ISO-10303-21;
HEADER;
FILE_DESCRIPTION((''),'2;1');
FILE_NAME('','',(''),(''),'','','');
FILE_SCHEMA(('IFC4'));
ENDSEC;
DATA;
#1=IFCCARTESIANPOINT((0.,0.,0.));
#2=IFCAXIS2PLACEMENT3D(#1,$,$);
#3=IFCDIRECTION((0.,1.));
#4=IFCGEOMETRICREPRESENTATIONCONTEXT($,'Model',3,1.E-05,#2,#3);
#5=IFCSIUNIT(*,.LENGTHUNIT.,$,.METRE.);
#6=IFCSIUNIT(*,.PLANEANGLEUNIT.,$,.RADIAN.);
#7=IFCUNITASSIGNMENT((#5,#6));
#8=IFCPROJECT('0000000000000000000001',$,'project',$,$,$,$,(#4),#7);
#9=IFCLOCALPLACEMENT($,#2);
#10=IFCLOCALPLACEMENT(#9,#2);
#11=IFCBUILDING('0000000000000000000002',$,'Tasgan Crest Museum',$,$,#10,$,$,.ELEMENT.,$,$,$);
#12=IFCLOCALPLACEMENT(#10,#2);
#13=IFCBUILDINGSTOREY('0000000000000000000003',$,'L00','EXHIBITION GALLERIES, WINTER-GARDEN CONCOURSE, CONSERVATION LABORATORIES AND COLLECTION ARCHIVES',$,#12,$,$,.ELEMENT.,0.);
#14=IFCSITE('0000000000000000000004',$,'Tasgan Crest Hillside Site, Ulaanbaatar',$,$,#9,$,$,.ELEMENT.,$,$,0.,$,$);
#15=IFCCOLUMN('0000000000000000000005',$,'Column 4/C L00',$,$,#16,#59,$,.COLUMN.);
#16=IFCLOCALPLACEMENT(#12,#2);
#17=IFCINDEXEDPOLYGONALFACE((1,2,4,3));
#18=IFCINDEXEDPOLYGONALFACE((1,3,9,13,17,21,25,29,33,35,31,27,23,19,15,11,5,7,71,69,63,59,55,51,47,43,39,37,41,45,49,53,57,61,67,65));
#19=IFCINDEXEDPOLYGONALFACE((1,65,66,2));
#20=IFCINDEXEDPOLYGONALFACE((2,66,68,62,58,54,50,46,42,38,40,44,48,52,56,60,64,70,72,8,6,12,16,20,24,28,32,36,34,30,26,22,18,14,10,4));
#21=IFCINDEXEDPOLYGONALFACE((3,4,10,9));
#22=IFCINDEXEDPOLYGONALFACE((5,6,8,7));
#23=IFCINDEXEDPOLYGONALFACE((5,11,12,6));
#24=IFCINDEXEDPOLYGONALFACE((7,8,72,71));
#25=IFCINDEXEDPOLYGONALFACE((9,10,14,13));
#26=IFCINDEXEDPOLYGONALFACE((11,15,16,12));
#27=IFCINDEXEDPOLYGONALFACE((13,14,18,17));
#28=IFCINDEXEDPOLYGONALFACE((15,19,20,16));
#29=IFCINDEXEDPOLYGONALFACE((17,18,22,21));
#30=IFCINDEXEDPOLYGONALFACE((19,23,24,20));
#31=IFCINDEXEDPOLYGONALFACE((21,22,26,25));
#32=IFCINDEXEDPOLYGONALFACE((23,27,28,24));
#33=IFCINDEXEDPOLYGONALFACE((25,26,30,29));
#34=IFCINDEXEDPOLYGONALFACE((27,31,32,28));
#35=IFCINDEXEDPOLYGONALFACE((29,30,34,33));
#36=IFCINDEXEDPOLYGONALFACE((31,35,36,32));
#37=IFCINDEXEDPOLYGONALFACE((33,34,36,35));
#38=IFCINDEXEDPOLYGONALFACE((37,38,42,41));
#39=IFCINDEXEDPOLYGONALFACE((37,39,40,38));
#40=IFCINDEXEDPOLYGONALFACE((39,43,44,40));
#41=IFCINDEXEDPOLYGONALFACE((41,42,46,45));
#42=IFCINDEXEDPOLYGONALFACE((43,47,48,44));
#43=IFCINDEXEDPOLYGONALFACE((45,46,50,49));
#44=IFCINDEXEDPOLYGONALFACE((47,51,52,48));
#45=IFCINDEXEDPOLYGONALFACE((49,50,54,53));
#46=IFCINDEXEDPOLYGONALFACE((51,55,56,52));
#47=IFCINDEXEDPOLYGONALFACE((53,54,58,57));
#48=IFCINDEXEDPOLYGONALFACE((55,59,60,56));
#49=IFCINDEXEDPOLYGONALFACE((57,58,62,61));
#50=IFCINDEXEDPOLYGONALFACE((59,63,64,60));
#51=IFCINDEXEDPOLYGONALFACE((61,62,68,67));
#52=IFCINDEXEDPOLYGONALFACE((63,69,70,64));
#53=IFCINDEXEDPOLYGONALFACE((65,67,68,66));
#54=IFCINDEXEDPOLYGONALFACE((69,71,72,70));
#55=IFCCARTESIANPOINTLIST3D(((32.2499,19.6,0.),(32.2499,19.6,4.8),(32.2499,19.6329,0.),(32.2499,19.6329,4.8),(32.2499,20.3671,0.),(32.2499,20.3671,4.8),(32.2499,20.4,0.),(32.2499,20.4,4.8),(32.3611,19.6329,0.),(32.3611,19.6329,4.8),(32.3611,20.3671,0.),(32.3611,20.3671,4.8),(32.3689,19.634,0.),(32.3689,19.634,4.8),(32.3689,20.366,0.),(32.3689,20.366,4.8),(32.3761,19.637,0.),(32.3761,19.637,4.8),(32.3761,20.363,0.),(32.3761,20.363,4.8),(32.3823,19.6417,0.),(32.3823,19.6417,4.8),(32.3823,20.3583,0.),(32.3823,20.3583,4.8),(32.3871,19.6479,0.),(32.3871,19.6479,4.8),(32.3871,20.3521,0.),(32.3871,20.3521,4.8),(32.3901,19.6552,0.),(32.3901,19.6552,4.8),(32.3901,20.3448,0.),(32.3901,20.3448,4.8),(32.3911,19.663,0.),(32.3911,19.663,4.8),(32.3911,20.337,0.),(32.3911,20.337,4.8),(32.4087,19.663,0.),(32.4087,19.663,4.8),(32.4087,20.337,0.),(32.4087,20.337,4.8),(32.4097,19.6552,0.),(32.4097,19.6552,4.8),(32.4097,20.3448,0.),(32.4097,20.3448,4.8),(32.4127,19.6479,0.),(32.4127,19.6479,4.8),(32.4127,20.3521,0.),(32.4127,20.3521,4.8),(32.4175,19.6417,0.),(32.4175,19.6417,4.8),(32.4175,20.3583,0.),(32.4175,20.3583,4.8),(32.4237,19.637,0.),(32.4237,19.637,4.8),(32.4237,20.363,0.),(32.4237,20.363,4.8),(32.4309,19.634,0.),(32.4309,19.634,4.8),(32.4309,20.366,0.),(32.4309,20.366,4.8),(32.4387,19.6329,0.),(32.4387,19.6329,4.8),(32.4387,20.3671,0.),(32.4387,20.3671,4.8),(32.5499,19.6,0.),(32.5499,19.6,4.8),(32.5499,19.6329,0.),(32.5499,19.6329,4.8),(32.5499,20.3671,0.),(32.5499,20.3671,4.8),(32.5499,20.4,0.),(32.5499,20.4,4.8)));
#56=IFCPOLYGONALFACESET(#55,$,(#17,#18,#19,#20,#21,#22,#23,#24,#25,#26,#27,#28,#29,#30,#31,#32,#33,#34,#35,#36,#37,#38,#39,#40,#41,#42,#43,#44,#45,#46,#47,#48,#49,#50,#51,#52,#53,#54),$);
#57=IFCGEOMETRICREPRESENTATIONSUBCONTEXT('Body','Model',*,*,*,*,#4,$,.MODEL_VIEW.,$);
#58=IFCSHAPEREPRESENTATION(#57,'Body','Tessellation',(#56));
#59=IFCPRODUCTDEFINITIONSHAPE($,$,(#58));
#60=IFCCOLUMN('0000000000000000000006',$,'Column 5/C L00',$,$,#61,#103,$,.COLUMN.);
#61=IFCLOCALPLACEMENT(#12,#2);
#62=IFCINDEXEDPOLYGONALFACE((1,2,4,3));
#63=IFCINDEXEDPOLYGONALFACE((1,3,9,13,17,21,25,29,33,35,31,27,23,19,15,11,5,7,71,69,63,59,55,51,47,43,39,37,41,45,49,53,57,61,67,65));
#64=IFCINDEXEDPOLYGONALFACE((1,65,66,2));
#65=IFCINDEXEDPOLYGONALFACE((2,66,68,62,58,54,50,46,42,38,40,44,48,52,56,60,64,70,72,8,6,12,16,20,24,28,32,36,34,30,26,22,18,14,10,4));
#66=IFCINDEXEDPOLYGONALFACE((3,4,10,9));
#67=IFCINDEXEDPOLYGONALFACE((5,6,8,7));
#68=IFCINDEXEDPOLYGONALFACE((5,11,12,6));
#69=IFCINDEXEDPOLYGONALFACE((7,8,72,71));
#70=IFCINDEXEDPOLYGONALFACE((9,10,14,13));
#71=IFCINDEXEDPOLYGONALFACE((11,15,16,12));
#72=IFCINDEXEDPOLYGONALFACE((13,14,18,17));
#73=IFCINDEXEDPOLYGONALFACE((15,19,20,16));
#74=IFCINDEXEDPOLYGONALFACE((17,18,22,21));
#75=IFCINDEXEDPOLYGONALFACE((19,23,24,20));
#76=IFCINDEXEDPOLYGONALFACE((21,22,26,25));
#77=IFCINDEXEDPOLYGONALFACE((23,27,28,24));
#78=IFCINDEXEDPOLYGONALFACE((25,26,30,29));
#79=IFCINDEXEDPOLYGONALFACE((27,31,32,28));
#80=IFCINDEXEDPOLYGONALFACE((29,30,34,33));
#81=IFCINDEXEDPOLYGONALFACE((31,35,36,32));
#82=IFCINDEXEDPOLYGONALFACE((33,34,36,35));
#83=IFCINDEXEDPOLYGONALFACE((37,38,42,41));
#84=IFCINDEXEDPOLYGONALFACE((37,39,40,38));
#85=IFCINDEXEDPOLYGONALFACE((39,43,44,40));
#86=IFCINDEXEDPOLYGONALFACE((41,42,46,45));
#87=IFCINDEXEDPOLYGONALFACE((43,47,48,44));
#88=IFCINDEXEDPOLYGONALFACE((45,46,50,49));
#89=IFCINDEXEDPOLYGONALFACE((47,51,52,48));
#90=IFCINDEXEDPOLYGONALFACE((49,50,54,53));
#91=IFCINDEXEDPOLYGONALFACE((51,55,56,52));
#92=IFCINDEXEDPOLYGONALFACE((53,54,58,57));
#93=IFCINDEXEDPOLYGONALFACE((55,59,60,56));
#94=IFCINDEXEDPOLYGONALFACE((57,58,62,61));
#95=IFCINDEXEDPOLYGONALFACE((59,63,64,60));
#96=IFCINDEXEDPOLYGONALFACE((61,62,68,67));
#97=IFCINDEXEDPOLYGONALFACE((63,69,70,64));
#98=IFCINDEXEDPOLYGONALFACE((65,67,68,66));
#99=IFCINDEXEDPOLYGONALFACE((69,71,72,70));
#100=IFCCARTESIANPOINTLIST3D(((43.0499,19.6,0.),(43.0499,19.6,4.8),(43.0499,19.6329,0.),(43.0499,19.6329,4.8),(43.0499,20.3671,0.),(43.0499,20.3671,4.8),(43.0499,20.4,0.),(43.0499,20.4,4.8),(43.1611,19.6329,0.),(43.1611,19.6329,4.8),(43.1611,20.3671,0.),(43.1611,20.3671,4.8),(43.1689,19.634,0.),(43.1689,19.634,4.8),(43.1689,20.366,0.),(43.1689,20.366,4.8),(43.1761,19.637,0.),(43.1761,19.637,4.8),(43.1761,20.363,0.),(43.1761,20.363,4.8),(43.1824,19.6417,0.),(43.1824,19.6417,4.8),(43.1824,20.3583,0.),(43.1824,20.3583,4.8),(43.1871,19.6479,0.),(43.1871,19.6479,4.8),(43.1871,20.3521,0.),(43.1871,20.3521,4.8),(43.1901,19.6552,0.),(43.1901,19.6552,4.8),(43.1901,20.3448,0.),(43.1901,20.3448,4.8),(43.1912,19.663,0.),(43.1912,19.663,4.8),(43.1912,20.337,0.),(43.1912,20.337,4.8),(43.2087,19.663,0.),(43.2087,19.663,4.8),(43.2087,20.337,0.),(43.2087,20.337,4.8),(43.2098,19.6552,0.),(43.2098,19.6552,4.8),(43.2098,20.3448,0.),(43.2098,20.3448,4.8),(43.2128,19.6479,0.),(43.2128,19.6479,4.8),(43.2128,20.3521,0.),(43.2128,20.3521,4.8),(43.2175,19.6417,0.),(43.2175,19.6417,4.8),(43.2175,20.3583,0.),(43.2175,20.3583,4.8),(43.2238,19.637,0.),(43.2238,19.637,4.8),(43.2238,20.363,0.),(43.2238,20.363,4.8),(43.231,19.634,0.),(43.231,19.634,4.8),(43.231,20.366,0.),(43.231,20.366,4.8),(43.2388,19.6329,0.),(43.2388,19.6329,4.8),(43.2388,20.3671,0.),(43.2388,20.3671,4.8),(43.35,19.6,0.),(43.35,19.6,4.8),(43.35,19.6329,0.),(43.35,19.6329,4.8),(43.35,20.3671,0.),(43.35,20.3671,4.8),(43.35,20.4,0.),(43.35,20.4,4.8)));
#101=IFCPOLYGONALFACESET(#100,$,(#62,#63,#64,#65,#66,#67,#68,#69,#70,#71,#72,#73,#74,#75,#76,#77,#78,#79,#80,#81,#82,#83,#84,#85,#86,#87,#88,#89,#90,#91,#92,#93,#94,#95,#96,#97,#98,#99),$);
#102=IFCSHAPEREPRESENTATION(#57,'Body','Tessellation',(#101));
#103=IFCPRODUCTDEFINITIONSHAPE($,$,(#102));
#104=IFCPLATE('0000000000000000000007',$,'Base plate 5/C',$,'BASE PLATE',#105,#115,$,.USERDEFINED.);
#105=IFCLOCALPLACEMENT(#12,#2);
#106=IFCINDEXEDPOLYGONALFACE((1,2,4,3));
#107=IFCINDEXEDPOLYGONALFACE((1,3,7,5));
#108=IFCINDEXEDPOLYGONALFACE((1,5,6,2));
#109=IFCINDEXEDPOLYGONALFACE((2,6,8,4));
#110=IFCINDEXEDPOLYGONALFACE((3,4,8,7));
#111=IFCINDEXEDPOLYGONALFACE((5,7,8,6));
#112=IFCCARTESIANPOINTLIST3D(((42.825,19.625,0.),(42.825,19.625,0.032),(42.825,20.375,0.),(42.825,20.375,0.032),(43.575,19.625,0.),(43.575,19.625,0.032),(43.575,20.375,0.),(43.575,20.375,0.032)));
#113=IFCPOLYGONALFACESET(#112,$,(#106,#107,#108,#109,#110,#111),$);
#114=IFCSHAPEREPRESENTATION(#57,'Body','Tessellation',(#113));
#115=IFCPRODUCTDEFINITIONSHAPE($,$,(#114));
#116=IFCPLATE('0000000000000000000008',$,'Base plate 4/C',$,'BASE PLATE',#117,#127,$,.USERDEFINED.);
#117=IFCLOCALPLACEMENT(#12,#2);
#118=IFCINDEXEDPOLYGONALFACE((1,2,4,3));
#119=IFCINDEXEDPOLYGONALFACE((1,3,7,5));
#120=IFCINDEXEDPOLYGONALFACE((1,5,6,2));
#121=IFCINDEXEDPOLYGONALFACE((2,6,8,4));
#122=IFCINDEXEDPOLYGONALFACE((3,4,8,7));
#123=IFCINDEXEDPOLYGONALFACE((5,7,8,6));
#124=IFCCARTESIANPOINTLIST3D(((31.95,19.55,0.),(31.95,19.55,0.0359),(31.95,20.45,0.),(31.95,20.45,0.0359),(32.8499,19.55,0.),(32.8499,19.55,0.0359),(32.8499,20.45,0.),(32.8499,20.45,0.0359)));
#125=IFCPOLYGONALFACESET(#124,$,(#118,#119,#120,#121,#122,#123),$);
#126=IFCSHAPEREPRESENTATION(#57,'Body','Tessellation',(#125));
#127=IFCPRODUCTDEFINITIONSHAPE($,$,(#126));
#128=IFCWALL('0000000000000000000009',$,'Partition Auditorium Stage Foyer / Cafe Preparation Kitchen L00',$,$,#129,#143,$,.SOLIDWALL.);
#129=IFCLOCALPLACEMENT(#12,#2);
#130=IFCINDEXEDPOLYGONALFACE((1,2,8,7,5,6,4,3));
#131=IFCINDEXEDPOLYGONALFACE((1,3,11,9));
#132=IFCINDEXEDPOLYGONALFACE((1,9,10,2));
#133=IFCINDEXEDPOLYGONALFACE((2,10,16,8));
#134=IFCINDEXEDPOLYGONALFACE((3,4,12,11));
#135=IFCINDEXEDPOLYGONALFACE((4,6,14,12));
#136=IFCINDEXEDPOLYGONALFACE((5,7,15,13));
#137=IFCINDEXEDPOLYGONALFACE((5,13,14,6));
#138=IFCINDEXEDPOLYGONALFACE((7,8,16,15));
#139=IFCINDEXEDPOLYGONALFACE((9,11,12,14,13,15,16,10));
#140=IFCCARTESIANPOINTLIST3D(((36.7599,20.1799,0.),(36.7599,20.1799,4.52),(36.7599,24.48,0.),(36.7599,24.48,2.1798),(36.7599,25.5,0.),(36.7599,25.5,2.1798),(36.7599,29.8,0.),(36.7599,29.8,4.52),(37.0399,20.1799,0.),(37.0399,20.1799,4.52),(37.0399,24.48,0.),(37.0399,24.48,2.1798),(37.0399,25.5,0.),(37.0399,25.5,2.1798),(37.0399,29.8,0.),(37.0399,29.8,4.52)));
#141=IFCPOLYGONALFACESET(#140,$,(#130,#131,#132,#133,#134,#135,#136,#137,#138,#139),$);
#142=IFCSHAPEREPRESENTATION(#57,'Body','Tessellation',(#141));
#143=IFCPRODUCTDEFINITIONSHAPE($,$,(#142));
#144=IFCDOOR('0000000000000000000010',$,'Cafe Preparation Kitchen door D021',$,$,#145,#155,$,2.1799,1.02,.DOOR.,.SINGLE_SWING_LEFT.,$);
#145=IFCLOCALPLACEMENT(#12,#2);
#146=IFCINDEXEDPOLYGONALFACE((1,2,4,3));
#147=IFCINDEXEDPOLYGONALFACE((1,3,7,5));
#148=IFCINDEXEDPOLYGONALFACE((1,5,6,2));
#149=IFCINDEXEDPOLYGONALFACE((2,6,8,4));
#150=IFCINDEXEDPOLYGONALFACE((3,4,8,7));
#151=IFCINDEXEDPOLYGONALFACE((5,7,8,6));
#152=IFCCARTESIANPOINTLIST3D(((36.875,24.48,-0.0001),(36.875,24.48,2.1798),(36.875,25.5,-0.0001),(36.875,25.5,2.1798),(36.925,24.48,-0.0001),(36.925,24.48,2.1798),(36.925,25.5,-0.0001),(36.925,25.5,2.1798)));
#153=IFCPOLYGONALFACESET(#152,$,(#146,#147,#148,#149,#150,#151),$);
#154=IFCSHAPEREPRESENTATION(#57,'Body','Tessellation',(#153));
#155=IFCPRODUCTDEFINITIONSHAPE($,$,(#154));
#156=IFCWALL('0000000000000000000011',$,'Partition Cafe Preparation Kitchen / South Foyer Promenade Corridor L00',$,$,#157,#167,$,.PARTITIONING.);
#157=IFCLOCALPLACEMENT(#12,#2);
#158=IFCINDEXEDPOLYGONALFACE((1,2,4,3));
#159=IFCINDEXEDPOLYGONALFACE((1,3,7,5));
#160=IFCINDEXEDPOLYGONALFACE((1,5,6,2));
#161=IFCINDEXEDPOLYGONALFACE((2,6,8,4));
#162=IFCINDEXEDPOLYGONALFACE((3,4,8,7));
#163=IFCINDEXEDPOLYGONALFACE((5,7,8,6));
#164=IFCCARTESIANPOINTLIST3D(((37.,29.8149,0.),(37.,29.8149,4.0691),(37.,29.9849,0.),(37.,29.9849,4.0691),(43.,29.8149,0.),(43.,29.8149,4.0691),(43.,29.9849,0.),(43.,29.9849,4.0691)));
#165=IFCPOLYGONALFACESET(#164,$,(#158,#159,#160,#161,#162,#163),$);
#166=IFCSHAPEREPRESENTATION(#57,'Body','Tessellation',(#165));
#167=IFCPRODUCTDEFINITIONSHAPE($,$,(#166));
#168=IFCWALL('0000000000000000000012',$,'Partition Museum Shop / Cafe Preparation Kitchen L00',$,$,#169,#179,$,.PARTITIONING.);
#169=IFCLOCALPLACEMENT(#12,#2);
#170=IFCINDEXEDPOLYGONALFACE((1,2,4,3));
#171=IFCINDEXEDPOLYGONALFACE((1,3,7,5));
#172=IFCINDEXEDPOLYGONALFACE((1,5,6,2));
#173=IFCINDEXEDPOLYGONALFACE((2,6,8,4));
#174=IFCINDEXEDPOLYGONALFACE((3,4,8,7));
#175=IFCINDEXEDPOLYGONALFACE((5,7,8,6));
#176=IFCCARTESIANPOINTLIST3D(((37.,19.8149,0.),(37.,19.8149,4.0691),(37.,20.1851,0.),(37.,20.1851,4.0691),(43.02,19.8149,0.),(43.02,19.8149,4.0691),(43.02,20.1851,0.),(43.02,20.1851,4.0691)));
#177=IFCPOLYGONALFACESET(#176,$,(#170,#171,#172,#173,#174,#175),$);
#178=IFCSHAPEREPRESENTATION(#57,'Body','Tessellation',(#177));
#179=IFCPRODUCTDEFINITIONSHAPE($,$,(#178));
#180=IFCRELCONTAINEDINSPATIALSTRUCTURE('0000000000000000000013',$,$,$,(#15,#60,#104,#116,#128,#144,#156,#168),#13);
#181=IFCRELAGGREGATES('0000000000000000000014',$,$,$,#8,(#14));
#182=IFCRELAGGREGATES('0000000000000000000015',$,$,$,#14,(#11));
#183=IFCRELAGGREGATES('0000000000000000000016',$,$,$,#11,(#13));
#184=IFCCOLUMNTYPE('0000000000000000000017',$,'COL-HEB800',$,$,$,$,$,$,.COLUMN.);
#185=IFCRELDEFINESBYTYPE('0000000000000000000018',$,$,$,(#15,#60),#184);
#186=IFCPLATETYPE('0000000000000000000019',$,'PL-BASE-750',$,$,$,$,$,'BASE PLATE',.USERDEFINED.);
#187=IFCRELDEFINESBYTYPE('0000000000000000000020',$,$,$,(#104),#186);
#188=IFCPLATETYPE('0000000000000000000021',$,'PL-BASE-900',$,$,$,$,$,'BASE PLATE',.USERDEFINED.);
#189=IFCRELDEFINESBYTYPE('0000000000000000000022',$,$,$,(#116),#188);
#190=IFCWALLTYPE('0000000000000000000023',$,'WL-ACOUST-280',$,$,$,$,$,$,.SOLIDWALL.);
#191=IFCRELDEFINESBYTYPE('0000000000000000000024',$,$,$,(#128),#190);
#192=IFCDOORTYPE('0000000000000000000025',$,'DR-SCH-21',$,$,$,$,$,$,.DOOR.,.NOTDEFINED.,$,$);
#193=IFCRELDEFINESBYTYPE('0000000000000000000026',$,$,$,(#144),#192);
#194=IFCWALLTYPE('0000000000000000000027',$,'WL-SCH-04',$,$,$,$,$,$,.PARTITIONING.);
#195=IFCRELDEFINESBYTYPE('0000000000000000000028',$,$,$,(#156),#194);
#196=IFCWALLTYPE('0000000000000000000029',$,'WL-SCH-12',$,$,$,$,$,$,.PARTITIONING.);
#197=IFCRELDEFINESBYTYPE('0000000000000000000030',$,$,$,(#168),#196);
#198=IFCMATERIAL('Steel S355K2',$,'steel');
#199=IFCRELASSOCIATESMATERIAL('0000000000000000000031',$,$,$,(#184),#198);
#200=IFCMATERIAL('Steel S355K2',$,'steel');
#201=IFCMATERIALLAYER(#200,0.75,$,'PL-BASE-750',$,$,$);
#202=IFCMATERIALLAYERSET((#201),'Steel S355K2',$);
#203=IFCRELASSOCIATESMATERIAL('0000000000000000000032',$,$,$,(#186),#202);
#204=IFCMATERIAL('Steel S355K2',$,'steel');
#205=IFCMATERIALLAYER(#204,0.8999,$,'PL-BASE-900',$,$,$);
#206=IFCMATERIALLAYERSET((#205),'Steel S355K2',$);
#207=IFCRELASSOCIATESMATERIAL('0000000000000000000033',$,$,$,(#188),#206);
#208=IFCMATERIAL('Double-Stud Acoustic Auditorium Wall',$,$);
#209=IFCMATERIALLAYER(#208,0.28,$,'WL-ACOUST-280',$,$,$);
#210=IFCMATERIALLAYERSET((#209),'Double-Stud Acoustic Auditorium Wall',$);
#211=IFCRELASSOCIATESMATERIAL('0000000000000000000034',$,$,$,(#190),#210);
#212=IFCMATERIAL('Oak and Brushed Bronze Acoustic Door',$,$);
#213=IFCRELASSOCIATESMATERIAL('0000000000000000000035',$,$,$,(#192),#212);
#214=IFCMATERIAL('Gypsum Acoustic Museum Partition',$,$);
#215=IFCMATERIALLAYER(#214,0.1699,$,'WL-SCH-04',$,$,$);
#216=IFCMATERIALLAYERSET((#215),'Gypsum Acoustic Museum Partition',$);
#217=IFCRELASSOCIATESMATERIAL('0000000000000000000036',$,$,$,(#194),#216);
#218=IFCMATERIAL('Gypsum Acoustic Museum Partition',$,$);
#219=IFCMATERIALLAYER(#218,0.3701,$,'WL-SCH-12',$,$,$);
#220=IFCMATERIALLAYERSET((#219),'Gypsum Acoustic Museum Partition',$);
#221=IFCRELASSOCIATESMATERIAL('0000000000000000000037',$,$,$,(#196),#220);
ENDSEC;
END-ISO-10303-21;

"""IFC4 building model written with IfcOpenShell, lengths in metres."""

from ifc_helpers import new_model, si_unit, direction, frame, frame_2d, origin, origin_2d, place, context, subcontext, project, spatial, rectangle, i_section, extrude, material, layer, layer_set, material_profile, profile_set, type_object, element, fill, save


model = new_model("IFC4")

# Units and contexts
model_context = context("Model", 3, precision=1e-05, world=origin(), true_north=direction((0.0, 1.0)))
body_context = subcontext(model_context, "Body", "Model", "MODEL_VIEW")
ifc_project = project(units=[si_unit("LENGTHUNIT", "METRE"), si_unit("PLANEANGLEUNIT", "RADIAN")], contexts=[model_context])

# Site, building, storey
site_placement = place(None, origin())
site = spatial("IfcSite", under=ifc_project, at=site_placement, Name="Tasgan Crest Hillside Site, Ulaanbaatar", CompositionType="ELEMENT", RefElevation=0.0)
building_placement = place(site_placement, origin())
building = spatial("IfcBuilding", under=site, at=building_placement, Name="Tasgan Crest Museum", CompositionType="ELEMENT")
storey_placement = place(building_placement, origin())
storey = spatial("IfcBuildingStorey", under=building, at=storey_placement, Name="L00", Description="EXHIBITION GALLERIES, WINTER-GARDEN CONCOURSE, CONSERVATION LABORATORIES AND COLLECTION ARCHIVES", CompositionType="ELEMENT", Elevation=0.0)

# Columns
ifc_material_1 = material(Name="Steel S355K2", Category="steel")
ifc_material_profile_1 = material_profile(ifc_material_1, i_section(OverallWidth=0.3, OverallDepth=0.8, WebThickness=0.0176, FlangeThickness=0.033, FilletRadius=0.03, at=origin_2d()), Name="HEB 800")
ifc_profile_set_1 = profile_set([ifc_material_profile_1], Name="Steel S355K2")
column_type = type_object("IfcColumnType", Name="COL-HEB800", PredefinedType="COLUMN", material=ifc_profile_set_1)
for number, where, z_axis, x_axis, name in (
    (1, (32.3999, 20.0, 0.0), (0.0, 0.0, 1.0), (1.0, 0.0, 0.0), "Column 4/C L00"),
    (2, (43.2, 20.0, 0.0), (0.0, 0.0, 1.0), (1.0, 0.0, 0.0), "Column 5/C L00"),
):
    element("IfcColumn", number, at=place(storey_placement, frame(where, z_axis=z_axis, x_axis=x_axis)), inside=storey, type_object=column_type, Name=name, PredefinedType="COLUMN", context=body_context, shape_type="SweptSolid", body=[
        extrude(i_section(OverallWidth=0.3, OverallDepth=0.8, WebThickness=0.0176, FlangeThickness=0.033, FilletRadius=0.03, at=origin_2d()), origin(), (0.0, 0.0, 1.0), 4.8),
    ])

# Plates
ifc_material_2 = material(Name="Steel S355K2", Category="steel")
ifc_layer_1 = layer(ifc_material_2, 0.75, Name="PL-BASE-750")
ifc_layer_set_1 = layer_set([ifc_layer_1], Name="Steel S355K2")
plate_type_1 = type_object("IfcPlateType", Name="PL-BASE-750", ElementType="BASE PLATE", PredefinedType="USERDEFINED", material=ifc_layer_set_1)
plate_1_placement = place(storey_placement, frame((43.2, 20.0, 0.0), z_axis=(0.0, 0.0, 1.0), x_axis=(1.0, 0.0, 0.0)))
element("IfcPlate", 3, at=plate_1_placement, inside=storey, type_object=plate_type_1, Name="Base plate 5/C", ObjectType="BASE PLATE", PredefinedType="USERDEFINED", context=body_context, shape_type="SweptSolid", body=[
    extrude(rectangle(XDim=0.75, YDim=0.75, at=origin_2d()), origin(), (0.0, 0.0, 1.0), 0.032),
])
ifc_material_3 = material(Name="Steel S355K2", Category="steel")
ifc_layer_2 = layer(ifc_material_3, 0.8999, Name="PL-BASE-900")
ifc_layer_set_2 = layer_set([ifc_layer_2], Name="Steel S355K2")
plate_type_2 = type_object("IfcPlateType", Name="PL-BASE-900", ElementType="BASE PLATE", PredefinedType="USERDEFINED", material=ifc_layer_set_2)
plate_2_placement = place(storey_placement, frame((32.3999, 20.0, 0.0), z_axis=(0.0, 0.0, 1.0), x_axis=(1.0, 0.0, 0.0)))
element("IfcPlate", 4, at=plate_2_placement, inside=storey, type_object=plate_type_2, Name="Base plate 4/C", ObjectType="BASE PLATE", PredefinedType="USERDEFINED", context=body_context, shape_type="SweptSolid", body=[
    extrude(rectangle(XDim=0.8999, YDim=0.8999, at=origin_2d()), origin(), (0.0, 0.0, 1.0), 0.0359),
])

# Wall, opening, door
ifc_material_4 = material(Name="Double-Stud Acoustic Auditorium Wall")
ifc_layer_3 = layer(ifc_material_4, 0.28, Name="WL-ACOUST-280")
ifc_layer_set_3 = layer_set([ifc_layer_3], Name="Double-Stud Acoustic Auditorium Wall")
wall_type_1 = type_object("IfcWallType", Name="WL-ACOUST-280", PredefinedType="SOLIDWALL", material=ifc_layer_set_3)
wall_1_placement = place(storey_placement, frame((36.8999, 20.1799, 0.0), z_axis=(0.0, 0.0, 1.0), x_axis=(0.0, 1.0, 0.0)))
wall_1 = element("IfcWall", 5, at=wall_1_placement, inside=storey, type_object=wall_type_1, Name="Partition Auditorium Stage Foyer / Cafe Preparation Kitchen L00", PredefinedType="SOLIDWALL", context=body_context, shape_type="SweptSolid", body=[
    extrude(rectangle(XDim=9.6201, YDim=0.28, at=frame_2d((4.8101, 0.0))), origin(), (0.0, 0.0, 1.0), 4.52),
])
opening_placement = place(wall_1_placement, frame((4.3, 0.0, 0.0)))
opening = element("IfcOpeningElement", 6, at=opening_placement, cuts=wall_1, PredefinedType="OPENING", context=body_context, shape_type="SweptSolid", body=[
    extrude(rectangle(XDim=1.02, YDim=2.1799, at=frame_2d((0.51, 1.0898))), frame((0.0, 0.1499, 0.0), z_axis=(0.0, -1.0, 0.0), x_axis=(1.0, 0.0, 0.0)), (0.0, 0.0, 1.0), 0.3),
])
ifc_material_5 = material(Name="Oak and Brushed Bronze Acoustic Door")
door_type = type_object("IfcDoorType", Name="DR-SCH-21", OperationType="NOTDEFINED", PredefinedType="DOOR", material=ifc_material_5)
door_placement = place(opening_placement, origin())
door = element("IfcDoor", 7, at=door_placement, inside=storey, type_object=door_type, Name="Cafe Preparation Kitchen door D021", OperationType="SINGLE_SWING_LEFT", OverallHeight=2.1799, OverallWidth=1.02, PredefinedType="DOOR", context=body_context, shape_type="SweptSolid", body=[
    extrude(rectangle(XDim=1.02, YDim=2.1799, at=frame_2d((0.51, 1.0898))), frame((0.0, 0.0249, 0.0), z_axis=(0.0, -1.0, 0.0), x_axis=(1.0, 0.0, 0.0)), (0.0, 0.0, 1.0), 0.05),
])
fill(opening, door)

# Walls
ifc_material_6 = material(Name="Gypsum Acoustic Museum Partition")
ifc_layer_4 = layer(ifc_material_6, 0.1699, Name="WL-SCH-04")
ifc_layer_set_4 = layer_set([ifc_layer_4], Name="Gypsum Acoustic Museum Partition")
wall_type_2 = type_object("IfcWallType", Name="WL-SCH-04", PredefinedType="PARTITIONING", material=ifc_layer_set_4)
wall_2_placement = place(storey_placement, frame((37.0, 29.8999, 0.0), z_axis=(0.0, 0.0, 1.0), x_axis=(1.0, 0.0, 0.0)))
element("IfcWall", 8, at=wall_2_placement, inside=storey, type_object=wall_type_2, Name="Partition Cafe Preparation Kitchen / South Foyer Promenade Corridor L00", PredefinedType="PARTITIONING", context=body_context, shape_type="SweptSolid", body=[
    extrude(rectangle(XDim=6.0, YDim=0.1699, at=frame_2d((3.0, 0.0))), origin(), (0.0, 0.0, 1.0), 4.0691),
])
ifc_material_7 = material(Name="Gypsum Acoustic Museum Partition")
ifc_layer_5 = layer(ifc_material_7, 0.3701, Name="WL-SCH-12")
ifc_layer_set_5 = layer_set([ifc_layer_5], Name="Gypsum Acoustic Museum Partition")
wall_type_3 = type_object("IfcWallType", Name="WL-SCH-12", PredefinedType="PARTITIONING", material=ifc_layer_set_5)
wall_3_placement = place(storey_placement, frame((37.0, 20.0, 0.0), z_axis=(0.0, 0.0, 1.0), x_axis=(1.0, 0.0, 0.0)))
element("IfcWall", 9, at=wall_3_placement, inside=storey, type_object=wall_type_3, Name="Partition Museum Shop / Cafe Preparation Kitchen L00", PredefinedType="PARTITIONING", context=body_context, shape_type="SweptSolid", body=[
    extrude(rectangle(XDim=6.02, YDim=0.3701, at=frame_2d((3.01, 0.0))), origin(), (0.0, 0.0, 1.0), 4.0691),
])

save(model, "model.ifc")
